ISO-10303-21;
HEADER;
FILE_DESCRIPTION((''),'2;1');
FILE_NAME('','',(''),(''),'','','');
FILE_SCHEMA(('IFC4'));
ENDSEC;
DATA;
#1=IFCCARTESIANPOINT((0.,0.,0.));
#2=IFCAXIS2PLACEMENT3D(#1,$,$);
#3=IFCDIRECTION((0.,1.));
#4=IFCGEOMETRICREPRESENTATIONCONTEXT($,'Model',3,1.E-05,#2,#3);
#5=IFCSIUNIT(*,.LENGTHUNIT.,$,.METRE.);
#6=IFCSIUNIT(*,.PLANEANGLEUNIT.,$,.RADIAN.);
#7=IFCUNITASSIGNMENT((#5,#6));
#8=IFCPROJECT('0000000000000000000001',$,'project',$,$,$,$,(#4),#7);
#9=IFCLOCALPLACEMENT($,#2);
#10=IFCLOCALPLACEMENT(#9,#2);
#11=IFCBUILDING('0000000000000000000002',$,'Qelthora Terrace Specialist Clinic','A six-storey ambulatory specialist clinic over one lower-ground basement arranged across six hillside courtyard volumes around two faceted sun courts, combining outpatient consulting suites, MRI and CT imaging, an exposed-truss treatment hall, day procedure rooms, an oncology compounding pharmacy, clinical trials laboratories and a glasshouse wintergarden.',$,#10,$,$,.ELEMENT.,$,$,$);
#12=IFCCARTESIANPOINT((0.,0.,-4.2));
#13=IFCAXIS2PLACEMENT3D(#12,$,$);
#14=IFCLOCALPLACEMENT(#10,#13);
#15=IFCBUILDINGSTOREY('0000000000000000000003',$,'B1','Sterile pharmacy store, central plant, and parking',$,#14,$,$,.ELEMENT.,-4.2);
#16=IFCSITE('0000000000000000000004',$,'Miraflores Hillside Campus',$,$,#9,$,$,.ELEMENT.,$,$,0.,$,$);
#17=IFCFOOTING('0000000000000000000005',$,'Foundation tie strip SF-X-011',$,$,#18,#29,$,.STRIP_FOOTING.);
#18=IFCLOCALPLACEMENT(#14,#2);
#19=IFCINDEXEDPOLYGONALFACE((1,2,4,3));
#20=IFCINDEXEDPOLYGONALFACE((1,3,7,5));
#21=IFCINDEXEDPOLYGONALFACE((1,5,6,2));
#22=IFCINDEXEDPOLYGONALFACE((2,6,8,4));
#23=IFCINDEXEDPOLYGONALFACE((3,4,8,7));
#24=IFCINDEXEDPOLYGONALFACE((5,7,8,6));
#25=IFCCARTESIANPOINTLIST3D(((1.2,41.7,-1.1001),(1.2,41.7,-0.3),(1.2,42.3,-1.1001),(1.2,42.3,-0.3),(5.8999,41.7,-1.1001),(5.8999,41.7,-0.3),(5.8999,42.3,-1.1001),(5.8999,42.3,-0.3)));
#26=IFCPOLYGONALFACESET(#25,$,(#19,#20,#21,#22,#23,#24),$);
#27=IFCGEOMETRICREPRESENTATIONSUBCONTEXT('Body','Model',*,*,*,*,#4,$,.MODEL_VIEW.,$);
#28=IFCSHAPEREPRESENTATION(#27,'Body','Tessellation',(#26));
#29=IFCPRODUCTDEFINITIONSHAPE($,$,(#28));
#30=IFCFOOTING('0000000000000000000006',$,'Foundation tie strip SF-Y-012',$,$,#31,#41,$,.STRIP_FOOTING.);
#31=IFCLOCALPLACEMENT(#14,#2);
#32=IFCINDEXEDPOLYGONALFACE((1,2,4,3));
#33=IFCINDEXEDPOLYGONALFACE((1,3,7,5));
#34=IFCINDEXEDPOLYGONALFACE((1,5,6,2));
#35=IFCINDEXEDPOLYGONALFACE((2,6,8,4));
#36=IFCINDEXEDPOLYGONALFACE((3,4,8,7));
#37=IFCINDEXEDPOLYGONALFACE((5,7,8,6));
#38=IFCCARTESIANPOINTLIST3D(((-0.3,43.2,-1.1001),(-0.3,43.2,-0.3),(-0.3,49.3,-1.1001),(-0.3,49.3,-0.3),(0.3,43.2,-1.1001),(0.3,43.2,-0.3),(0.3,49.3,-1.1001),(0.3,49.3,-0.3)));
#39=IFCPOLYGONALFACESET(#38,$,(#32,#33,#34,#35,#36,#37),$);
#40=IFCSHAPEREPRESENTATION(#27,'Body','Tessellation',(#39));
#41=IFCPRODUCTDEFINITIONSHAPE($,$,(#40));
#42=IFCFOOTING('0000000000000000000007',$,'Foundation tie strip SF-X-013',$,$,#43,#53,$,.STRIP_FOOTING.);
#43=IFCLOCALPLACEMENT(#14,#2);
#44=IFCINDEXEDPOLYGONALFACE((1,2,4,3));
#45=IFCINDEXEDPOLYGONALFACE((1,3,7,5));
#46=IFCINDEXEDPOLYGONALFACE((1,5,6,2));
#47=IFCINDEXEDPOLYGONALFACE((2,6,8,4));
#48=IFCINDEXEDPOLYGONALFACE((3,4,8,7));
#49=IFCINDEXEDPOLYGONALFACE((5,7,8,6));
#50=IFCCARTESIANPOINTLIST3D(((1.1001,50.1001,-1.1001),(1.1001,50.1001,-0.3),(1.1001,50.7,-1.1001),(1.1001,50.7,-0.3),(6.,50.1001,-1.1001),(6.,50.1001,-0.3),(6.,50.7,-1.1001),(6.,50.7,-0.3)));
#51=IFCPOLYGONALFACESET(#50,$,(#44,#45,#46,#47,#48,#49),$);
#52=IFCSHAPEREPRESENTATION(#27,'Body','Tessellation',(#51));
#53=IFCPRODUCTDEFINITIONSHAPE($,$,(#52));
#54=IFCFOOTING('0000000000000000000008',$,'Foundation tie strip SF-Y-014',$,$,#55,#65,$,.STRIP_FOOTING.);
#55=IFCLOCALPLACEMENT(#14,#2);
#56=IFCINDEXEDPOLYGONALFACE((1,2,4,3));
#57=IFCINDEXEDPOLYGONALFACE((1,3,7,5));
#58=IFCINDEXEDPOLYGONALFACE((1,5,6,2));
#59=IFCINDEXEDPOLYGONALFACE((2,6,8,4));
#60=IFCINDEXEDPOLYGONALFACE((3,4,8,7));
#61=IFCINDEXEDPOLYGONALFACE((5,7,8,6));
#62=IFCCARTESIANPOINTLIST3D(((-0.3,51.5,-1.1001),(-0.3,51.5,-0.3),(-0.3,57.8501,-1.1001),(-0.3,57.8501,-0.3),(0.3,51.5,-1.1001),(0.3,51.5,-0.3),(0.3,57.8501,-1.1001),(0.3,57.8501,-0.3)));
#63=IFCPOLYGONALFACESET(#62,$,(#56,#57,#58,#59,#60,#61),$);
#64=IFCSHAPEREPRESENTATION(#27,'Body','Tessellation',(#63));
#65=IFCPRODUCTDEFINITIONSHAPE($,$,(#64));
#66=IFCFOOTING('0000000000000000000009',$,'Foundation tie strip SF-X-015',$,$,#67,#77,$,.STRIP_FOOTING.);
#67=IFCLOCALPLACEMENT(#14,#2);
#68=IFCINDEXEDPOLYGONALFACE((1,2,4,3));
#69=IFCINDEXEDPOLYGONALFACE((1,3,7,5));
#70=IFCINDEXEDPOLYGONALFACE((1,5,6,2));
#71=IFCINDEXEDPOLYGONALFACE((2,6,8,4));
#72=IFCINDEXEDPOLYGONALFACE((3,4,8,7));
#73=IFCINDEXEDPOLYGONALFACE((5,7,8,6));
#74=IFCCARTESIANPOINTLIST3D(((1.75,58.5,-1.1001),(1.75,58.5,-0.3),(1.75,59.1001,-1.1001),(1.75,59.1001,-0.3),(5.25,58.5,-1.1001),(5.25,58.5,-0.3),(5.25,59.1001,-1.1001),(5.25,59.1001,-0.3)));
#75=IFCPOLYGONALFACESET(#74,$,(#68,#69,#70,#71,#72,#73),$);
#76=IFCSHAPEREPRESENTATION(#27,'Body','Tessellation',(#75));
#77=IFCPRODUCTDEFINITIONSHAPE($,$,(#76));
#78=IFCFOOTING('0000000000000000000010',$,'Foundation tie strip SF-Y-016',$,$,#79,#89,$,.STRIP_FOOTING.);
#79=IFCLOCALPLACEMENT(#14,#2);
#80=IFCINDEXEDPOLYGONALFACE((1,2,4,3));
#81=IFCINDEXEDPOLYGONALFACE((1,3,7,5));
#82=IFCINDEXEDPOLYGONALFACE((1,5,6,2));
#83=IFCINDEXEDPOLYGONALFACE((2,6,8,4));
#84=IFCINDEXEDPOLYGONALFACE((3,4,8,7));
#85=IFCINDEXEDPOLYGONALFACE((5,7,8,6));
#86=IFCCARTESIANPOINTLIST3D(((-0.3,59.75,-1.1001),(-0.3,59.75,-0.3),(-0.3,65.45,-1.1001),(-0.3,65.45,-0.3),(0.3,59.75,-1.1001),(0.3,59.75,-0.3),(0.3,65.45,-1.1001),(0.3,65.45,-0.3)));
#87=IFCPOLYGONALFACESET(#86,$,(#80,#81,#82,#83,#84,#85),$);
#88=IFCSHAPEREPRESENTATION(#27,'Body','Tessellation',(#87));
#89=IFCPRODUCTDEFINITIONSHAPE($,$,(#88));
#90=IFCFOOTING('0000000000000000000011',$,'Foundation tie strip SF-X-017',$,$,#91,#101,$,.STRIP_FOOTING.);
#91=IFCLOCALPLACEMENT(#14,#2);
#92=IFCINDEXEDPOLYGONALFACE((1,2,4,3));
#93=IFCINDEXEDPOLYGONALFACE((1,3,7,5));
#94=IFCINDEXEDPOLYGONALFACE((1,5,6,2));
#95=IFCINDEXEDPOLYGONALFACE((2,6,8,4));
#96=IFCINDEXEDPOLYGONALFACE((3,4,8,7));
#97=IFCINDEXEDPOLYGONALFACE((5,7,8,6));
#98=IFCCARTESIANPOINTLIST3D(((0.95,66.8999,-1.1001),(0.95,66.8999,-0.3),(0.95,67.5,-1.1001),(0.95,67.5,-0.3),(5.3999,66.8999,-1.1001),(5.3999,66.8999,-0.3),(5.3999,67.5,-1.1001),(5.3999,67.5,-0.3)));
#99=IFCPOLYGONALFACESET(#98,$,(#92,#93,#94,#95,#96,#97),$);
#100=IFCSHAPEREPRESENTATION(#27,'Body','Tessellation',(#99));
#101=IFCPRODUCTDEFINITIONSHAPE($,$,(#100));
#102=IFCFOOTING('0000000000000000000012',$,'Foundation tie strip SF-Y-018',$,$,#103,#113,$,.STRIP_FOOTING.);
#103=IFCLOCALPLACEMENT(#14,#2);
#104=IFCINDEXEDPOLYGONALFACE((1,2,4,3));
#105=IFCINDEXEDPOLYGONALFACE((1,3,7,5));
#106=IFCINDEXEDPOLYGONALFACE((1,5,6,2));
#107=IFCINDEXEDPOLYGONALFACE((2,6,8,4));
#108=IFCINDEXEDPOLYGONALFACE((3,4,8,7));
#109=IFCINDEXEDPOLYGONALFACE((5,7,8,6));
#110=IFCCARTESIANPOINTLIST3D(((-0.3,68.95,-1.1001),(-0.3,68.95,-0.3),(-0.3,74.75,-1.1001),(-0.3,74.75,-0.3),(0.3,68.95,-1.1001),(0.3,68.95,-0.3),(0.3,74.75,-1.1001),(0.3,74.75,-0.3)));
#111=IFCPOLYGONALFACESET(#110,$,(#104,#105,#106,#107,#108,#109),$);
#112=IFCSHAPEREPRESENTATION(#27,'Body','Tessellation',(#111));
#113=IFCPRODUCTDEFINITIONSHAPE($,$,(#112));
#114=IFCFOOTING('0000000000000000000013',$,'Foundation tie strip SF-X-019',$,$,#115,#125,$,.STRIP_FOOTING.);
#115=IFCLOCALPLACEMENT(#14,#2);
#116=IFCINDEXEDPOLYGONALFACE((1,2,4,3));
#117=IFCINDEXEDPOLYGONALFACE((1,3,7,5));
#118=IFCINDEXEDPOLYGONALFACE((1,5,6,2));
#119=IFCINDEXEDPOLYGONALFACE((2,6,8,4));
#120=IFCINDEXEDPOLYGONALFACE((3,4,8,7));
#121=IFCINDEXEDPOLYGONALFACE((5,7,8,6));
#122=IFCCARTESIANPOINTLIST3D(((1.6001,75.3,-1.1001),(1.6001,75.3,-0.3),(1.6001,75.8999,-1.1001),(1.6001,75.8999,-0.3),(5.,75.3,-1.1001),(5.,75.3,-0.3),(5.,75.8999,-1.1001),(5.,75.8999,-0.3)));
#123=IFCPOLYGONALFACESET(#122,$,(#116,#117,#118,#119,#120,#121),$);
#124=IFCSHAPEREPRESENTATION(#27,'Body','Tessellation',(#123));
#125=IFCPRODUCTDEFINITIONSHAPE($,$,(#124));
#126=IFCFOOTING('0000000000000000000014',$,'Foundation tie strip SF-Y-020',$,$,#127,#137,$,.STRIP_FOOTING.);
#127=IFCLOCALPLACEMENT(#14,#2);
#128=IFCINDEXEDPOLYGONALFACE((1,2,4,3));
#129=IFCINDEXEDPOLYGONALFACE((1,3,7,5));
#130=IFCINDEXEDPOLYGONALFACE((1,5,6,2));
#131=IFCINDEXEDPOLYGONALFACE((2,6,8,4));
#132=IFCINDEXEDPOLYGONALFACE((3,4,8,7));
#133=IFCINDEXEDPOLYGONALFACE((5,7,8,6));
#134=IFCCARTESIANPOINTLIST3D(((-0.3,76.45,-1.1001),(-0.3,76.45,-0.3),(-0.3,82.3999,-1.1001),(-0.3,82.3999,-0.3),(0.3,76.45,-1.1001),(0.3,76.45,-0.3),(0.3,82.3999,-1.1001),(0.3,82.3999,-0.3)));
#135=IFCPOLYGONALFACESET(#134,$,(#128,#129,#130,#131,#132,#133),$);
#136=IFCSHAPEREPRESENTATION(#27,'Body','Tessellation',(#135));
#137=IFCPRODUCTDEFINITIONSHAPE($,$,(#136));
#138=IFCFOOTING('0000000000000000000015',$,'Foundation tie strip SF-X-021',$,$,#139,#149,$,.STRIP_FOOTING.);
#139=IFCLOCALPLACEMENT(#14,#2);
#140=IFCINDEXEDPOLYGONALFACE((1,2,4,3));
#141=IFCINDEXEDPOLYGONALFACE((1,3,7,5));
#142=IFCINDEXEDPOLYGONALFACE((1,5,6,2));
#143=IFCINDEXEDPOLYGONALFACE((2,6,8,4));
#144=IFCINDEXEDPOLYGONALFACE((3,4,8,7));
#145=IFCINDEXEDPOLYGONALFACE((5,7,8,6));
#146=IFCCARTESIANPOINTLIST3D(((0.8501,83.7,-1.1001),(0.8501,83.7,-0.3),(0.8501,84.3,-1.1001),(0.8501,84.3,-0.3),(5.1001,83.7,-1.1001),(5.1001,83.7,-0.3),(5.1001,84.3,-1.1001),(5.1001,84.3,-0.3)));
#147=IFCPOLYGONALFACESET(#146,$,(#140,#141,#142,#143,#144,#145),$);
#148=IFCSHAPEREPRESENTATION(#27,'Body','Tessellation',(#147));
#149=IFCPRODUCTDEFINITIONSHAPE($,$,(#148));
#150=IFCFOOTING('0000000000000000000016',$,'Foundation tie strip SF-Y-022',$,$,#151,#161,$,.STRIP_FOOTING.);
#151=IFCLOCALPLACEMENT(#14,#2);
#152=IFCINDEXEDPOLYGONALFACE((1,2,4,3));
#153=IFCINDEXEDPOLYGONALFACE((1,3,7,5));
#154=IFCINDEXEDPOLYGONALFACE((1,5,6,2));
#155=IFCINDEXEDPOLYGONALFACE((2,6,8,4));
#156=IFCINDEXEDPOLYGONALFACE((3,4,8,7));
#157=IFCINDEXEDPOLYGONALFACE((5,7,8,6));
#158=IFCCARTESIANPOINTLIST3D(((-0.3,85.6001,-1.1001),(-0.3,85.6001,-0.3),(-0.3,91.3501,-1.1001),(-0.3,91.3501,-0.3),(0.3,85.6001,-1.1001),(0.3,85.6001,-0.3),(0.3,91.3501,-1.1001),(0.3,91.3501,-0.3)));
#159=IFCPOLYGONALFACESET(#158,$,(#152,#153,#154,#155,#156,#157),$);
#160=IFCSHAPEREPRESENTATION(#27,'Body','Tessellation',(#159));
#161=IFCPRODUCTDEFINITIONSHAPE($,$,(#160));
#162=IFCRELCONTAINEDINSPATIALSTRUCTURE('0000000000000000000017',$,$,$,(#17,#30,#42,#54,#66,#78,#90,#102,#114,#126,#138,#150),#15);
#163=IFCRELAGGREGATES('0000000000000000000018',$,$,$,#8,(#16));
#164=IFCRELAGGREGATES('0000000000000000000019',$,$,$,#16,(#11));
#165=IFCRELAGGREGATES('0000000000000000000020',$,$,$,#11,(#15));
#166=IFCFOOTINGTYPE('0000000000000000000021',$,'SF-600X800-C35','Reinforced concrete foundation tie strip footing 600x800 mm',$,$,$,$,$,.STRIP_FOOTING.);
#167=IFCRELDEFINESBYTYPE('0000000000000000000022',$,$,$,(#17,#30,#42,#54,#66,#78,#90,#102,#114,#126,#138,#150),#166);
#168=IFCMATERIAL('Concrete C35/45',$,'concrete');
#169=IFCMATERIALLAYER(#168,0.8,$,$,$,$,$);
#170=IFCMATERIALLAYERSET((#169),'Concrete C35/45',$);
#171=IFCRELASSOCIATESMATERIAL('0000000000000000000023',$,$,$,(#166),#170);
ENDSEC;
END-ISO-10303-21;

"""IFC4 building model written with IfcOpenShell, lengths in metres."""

from ifc_helpers import new_model, si_unit, direction, frame, origin, place, context, subcontext, project, spatial, polyline, outline, extrude, material, layer, layer_set, type_object, element, save


model = new_model("IFC4")

# Units and contexts
model_context = context("Model", 3, precision=1e-05, world=origin(), true_north=direction((0.0, 1.0)))
body_context = subcontext(model_context, "Body", "Model", "MODEL_VIEW")
ifc_project = project(units=[si_unit("LENGTHUNIT", "METRE"), si_unit("PLANEANGLEUNIT", "RADIAN")], contexts=[model_context])

# Site, building, storey
site_placement = place(None, origin())
site = spatial("IfcSite", under=ifc_project, at=site_placement, Name="Miraflores Hillside Campus", CompositionType="ELEMENT", RefElevation=0.0)
building_placement = place(site_placement, origin())
building = spatial("IfcBuilding", under=site, at=building_placement, Name="Qelthora Terrace Specialist Clinic", Description="A six-storey ambulatory specialist clinic over one lower-ground basement arranged across six hillside courtyard volumes around two faceted sun courts, combining outpatient consulting suites, MRI and CT imaging, an exposed-truss treatment hall, day procedure rooms, an oncology compounding pharmacy, clinical trials laboratories and a glasshouse wintergarden.", CompositionType="ELEMENT")
storey_placement = place(building_placement, frame((0.0, 0.0, -4.2)))
storey = spatial("IfcBuildingStorey", under=building, at=storey_placement, Name="B1", Description="Sterile pharmacy store, central plant, and parking", CompositionType="ELEMENT", Elevation=-4.2)

# Shared definitions
ifc_material = material(Name="Concrete C35/45", Category="concrete")

# Footings
ifc_layer_1 = layer(ifc_material, 0.8)
ifc_layer_set_1 = layer_set([ifc_layer_1], Name="Concrete C35/45")
footing_type_1 = type_object("IfcFootingType", Name="SF-600X800-C35", Description="Reinforced concrete foundation tie strip footing 600x800 mm", PredefinedType="STRIP_FOOTING", material=ifc_layer_set_1)
footing_1_placement = place(storey_placement, frame((0.0, 0.0, -1.1001)))
element("IfcFooting", 1, at=footing_1_placement, inside=storey, type_object=footing_type_1, Name="Foundation tie strip SF-X-011", PredefinedType="STRIP_FOOTING", context=body_context, shape_type="SweptSolid", body=[
    extrude(outline(polyline([(1.2, 41.7), (5.8999, 41.7), (5.8999, 42.3), (1.2, 42.3), (1.2, 41.7)])), origin(), (0.0, 0.0, 1.0), 0.8),
])
footing_2_placement = place(storey_placement, frame((0.0, 0.0, -1.1001)))
element("IfcFooting", 2, at=footing_2_placement, inside=storey, type_object=footing_type_1, Name="Foundation tie strip SF-Y-012", PredefinedType="STRIP_FOOTING", context=body_context, shape_type="SweptSolid", body=[
    extrude(outline(polyline([(-0.3, 43.2), (0.3, 43.2), (0.3, 49.3), (-0.3, 49.3), (-0.3, 43.2)])), origin(), (0.0, 0.0, 1.0), 0.8),
])
footing_3_placement = place(storey_placement, frame((0.0, 0.0, -1.1001)))
element("IfcFooting", 3, at=footing_3_placement, inside=storey, type_object=footing_type_1, Name="Foundation tie strip SF-X-013", PredefinedType="STRIP_FOOTING", context=body_context, shape_type="SweptSolid", body=[
    extrude(outline(polyline([(1.1001, 50.1001), (6.0, 50.1001), (6.0, 50.7), (1.1001, 50.7), (1.1001, 50.1001)])), origin(), (0.0, 0.0, 1.0), 0.8),
])
footing_4_placement = place(storey_placement, frame((0.0, 0.0, -1.1001)))
element("IfcFooting", 4, at=footing_4_placement, inside=storey, type_object=footing_type_1, Name="Foundation tie strip SF-Y-014", PredefinedType="STRIP_FOOTING", context=body_context, shape_type="SweptSolid", body=[
    extrude(outline(polyline([(-0.3, 51.5), (0.3, 51.5), (0.3, 57.8501), (-0.3, 57.8501), (-0.3, 51.5)])), origin(), (0.0, 0.0, 1.0), 0.8),
])
footing_5_placement = place(storey_placement, frame((0.0, 0.0, -1.1001)))
element("IfcFooting", 5, at=footing_5_placement, inside=storey, type_object=footing_type_1, Name="Foundation tie strip SF-X-015", PredefinedType="STRIP_FOOTING", context=body_context, shape_type="SweptSolid", body=[
    extrude(outline(polyline([(1.75, 58.5), (5.25, 58.5), (5.25, 59.1001), (1.75, 59.1001), (1.75, 58.5)])), origin(), (0.0, 0.0, 1.0), 0.8),
])
footing_6_placement = place(storey_placement, frame((0.0, 0.0, -1.1001)))
element("IfcFooting", 6, at=footing_6_placement, inside=storey, type_object=footing_type_1, Name="Foundation tie strip SF-Y-016", PredefinedType="STRIP_FOOTING", context=body_context, shape_type="SweptSolid", body=[
    extrude(outline(polyline([(-0.3, 59.75), (0.3, 59.75), (0.3, 65.45), (-0.3, 65.45), (-0.3, 59.75)])), origin(), (0.0, 0.0, 1.0), 0.8),
])
footing_7_placement = place(storey_placement, frame((0.0, 0.0, -1.1001)))
element("IfcFooting", 7, at=footing_7_placement, inside=storey, type_object=footing_type_1, Name="Foundation tie strip SF-X-017", PredefinedType="STRIP_FOOTING", context=body_context, shape_type="SweptSolid", body=[
    extrude(outline(polyline([(0.95, 66.8999), (5.3999, 66.8999), (5.3999, 67.5), (0.95, 67.5), (0.95, 66.8999)])), origin(), (0.0, 0.0, 1.0), 0.8),
])
footing_8_placement = place(storey_placement, frame((0.0, 0.0, -1.1001)))
element("IfcFooting", 8, at=footing_8_placement, inside=storey, type_object=footing_type_1, Name="Foundation tie strip SF-Y-018", PredefinedType="STRIP_FOOTING", context=body_context, shape_type="SweptSolid", body=[
    extrude(outline(polyline([(-0.3, 68.95), (0.3, 68.95), (0.3, 74.75), (-0.3, 74.75), (-0.3, 68.95)])), origin(), (0.0, 0.0, 1.0), 0.8),
])
footing_9_placement = place(storey_placement, frame((0.0, 0.0, -1.1001)))
element("IfcFooting", 9, at=footing_9_placement, inside=storey, type_object=footing_type_1, Name="Foundation tie strip SF-X-019", PredefinedType="STRIP_FOOTING", context=body_context, shape_type="SweptSolid", body=[
    extrude(outline(polyline([(1.6001, 75.3), (5.0, 75.3), (5.0, 75.8999), (1.6001, 75.8999), (1.6001, 75.3)])), origin(), (0.0, 0.0, 1.0), 0.8),
])
footing_10_placement = place(storey_placement, frame((0.0, 0.0, -1.1001)))
element("IfcFooting", 10, at=footing_10_placement, inside=storey, type_object=footing_type_1, Name="Foundation tie strip SF-Y-020", PredefinedType="STRIP_FOOTING", context=body_context, shape_type="SweptSolid", body=[
    extrude(outline(polyline([(-0.3, 76.45), (0.3, 76.45), (0.3, 82.3999), (-0.3, 82.3999), (-0.3, 76.45)])), origin(), (0.0, 0.0, 1.0), 0.8),
])
footing_11_placement = place(storey_placement, frame((0.0, 0.0, -1.1001)))
element("IfcFooting", 11, at=footing_11_placement, inside=storey, type_object=footing_type_1, Name="Foundation tie strip SF-X-021", PredefinedType="STRIP_FOOTING", context=body_context, shape_type="SweptSolid", body=[
    extrude(outline(polyline([(0.8501, 83.7), (5.1001, 83.7), (5.1001, 84.3), (0.8501, 84.3), (0.8501, 83.7)])), origin(), (0.0, 0.0, 1.0), 0.8),
])
footing_12_placement = place(storey_placement, frame((0.0, 0.0, -1.1001)))
element("IfcFooting", 12, at=footing_12_placement, inside=storey, type_object=footing_type_1, Name="Foundation tie strip SF-Y-022", PredefinedType="STRIP_FOOTING", context=body_context, shape_type="SweptSolid", body=[
    extrude(outline(polyline([(-0.3, 85.6001), (0.3, 85.6001), (0.3, 91.3501), (-0.3, 91.3501), (-0.3, 85.6001)])), origin(), (0.0, 0.0, 1.0), 0.8),
])

save(model, "model.ifc")
